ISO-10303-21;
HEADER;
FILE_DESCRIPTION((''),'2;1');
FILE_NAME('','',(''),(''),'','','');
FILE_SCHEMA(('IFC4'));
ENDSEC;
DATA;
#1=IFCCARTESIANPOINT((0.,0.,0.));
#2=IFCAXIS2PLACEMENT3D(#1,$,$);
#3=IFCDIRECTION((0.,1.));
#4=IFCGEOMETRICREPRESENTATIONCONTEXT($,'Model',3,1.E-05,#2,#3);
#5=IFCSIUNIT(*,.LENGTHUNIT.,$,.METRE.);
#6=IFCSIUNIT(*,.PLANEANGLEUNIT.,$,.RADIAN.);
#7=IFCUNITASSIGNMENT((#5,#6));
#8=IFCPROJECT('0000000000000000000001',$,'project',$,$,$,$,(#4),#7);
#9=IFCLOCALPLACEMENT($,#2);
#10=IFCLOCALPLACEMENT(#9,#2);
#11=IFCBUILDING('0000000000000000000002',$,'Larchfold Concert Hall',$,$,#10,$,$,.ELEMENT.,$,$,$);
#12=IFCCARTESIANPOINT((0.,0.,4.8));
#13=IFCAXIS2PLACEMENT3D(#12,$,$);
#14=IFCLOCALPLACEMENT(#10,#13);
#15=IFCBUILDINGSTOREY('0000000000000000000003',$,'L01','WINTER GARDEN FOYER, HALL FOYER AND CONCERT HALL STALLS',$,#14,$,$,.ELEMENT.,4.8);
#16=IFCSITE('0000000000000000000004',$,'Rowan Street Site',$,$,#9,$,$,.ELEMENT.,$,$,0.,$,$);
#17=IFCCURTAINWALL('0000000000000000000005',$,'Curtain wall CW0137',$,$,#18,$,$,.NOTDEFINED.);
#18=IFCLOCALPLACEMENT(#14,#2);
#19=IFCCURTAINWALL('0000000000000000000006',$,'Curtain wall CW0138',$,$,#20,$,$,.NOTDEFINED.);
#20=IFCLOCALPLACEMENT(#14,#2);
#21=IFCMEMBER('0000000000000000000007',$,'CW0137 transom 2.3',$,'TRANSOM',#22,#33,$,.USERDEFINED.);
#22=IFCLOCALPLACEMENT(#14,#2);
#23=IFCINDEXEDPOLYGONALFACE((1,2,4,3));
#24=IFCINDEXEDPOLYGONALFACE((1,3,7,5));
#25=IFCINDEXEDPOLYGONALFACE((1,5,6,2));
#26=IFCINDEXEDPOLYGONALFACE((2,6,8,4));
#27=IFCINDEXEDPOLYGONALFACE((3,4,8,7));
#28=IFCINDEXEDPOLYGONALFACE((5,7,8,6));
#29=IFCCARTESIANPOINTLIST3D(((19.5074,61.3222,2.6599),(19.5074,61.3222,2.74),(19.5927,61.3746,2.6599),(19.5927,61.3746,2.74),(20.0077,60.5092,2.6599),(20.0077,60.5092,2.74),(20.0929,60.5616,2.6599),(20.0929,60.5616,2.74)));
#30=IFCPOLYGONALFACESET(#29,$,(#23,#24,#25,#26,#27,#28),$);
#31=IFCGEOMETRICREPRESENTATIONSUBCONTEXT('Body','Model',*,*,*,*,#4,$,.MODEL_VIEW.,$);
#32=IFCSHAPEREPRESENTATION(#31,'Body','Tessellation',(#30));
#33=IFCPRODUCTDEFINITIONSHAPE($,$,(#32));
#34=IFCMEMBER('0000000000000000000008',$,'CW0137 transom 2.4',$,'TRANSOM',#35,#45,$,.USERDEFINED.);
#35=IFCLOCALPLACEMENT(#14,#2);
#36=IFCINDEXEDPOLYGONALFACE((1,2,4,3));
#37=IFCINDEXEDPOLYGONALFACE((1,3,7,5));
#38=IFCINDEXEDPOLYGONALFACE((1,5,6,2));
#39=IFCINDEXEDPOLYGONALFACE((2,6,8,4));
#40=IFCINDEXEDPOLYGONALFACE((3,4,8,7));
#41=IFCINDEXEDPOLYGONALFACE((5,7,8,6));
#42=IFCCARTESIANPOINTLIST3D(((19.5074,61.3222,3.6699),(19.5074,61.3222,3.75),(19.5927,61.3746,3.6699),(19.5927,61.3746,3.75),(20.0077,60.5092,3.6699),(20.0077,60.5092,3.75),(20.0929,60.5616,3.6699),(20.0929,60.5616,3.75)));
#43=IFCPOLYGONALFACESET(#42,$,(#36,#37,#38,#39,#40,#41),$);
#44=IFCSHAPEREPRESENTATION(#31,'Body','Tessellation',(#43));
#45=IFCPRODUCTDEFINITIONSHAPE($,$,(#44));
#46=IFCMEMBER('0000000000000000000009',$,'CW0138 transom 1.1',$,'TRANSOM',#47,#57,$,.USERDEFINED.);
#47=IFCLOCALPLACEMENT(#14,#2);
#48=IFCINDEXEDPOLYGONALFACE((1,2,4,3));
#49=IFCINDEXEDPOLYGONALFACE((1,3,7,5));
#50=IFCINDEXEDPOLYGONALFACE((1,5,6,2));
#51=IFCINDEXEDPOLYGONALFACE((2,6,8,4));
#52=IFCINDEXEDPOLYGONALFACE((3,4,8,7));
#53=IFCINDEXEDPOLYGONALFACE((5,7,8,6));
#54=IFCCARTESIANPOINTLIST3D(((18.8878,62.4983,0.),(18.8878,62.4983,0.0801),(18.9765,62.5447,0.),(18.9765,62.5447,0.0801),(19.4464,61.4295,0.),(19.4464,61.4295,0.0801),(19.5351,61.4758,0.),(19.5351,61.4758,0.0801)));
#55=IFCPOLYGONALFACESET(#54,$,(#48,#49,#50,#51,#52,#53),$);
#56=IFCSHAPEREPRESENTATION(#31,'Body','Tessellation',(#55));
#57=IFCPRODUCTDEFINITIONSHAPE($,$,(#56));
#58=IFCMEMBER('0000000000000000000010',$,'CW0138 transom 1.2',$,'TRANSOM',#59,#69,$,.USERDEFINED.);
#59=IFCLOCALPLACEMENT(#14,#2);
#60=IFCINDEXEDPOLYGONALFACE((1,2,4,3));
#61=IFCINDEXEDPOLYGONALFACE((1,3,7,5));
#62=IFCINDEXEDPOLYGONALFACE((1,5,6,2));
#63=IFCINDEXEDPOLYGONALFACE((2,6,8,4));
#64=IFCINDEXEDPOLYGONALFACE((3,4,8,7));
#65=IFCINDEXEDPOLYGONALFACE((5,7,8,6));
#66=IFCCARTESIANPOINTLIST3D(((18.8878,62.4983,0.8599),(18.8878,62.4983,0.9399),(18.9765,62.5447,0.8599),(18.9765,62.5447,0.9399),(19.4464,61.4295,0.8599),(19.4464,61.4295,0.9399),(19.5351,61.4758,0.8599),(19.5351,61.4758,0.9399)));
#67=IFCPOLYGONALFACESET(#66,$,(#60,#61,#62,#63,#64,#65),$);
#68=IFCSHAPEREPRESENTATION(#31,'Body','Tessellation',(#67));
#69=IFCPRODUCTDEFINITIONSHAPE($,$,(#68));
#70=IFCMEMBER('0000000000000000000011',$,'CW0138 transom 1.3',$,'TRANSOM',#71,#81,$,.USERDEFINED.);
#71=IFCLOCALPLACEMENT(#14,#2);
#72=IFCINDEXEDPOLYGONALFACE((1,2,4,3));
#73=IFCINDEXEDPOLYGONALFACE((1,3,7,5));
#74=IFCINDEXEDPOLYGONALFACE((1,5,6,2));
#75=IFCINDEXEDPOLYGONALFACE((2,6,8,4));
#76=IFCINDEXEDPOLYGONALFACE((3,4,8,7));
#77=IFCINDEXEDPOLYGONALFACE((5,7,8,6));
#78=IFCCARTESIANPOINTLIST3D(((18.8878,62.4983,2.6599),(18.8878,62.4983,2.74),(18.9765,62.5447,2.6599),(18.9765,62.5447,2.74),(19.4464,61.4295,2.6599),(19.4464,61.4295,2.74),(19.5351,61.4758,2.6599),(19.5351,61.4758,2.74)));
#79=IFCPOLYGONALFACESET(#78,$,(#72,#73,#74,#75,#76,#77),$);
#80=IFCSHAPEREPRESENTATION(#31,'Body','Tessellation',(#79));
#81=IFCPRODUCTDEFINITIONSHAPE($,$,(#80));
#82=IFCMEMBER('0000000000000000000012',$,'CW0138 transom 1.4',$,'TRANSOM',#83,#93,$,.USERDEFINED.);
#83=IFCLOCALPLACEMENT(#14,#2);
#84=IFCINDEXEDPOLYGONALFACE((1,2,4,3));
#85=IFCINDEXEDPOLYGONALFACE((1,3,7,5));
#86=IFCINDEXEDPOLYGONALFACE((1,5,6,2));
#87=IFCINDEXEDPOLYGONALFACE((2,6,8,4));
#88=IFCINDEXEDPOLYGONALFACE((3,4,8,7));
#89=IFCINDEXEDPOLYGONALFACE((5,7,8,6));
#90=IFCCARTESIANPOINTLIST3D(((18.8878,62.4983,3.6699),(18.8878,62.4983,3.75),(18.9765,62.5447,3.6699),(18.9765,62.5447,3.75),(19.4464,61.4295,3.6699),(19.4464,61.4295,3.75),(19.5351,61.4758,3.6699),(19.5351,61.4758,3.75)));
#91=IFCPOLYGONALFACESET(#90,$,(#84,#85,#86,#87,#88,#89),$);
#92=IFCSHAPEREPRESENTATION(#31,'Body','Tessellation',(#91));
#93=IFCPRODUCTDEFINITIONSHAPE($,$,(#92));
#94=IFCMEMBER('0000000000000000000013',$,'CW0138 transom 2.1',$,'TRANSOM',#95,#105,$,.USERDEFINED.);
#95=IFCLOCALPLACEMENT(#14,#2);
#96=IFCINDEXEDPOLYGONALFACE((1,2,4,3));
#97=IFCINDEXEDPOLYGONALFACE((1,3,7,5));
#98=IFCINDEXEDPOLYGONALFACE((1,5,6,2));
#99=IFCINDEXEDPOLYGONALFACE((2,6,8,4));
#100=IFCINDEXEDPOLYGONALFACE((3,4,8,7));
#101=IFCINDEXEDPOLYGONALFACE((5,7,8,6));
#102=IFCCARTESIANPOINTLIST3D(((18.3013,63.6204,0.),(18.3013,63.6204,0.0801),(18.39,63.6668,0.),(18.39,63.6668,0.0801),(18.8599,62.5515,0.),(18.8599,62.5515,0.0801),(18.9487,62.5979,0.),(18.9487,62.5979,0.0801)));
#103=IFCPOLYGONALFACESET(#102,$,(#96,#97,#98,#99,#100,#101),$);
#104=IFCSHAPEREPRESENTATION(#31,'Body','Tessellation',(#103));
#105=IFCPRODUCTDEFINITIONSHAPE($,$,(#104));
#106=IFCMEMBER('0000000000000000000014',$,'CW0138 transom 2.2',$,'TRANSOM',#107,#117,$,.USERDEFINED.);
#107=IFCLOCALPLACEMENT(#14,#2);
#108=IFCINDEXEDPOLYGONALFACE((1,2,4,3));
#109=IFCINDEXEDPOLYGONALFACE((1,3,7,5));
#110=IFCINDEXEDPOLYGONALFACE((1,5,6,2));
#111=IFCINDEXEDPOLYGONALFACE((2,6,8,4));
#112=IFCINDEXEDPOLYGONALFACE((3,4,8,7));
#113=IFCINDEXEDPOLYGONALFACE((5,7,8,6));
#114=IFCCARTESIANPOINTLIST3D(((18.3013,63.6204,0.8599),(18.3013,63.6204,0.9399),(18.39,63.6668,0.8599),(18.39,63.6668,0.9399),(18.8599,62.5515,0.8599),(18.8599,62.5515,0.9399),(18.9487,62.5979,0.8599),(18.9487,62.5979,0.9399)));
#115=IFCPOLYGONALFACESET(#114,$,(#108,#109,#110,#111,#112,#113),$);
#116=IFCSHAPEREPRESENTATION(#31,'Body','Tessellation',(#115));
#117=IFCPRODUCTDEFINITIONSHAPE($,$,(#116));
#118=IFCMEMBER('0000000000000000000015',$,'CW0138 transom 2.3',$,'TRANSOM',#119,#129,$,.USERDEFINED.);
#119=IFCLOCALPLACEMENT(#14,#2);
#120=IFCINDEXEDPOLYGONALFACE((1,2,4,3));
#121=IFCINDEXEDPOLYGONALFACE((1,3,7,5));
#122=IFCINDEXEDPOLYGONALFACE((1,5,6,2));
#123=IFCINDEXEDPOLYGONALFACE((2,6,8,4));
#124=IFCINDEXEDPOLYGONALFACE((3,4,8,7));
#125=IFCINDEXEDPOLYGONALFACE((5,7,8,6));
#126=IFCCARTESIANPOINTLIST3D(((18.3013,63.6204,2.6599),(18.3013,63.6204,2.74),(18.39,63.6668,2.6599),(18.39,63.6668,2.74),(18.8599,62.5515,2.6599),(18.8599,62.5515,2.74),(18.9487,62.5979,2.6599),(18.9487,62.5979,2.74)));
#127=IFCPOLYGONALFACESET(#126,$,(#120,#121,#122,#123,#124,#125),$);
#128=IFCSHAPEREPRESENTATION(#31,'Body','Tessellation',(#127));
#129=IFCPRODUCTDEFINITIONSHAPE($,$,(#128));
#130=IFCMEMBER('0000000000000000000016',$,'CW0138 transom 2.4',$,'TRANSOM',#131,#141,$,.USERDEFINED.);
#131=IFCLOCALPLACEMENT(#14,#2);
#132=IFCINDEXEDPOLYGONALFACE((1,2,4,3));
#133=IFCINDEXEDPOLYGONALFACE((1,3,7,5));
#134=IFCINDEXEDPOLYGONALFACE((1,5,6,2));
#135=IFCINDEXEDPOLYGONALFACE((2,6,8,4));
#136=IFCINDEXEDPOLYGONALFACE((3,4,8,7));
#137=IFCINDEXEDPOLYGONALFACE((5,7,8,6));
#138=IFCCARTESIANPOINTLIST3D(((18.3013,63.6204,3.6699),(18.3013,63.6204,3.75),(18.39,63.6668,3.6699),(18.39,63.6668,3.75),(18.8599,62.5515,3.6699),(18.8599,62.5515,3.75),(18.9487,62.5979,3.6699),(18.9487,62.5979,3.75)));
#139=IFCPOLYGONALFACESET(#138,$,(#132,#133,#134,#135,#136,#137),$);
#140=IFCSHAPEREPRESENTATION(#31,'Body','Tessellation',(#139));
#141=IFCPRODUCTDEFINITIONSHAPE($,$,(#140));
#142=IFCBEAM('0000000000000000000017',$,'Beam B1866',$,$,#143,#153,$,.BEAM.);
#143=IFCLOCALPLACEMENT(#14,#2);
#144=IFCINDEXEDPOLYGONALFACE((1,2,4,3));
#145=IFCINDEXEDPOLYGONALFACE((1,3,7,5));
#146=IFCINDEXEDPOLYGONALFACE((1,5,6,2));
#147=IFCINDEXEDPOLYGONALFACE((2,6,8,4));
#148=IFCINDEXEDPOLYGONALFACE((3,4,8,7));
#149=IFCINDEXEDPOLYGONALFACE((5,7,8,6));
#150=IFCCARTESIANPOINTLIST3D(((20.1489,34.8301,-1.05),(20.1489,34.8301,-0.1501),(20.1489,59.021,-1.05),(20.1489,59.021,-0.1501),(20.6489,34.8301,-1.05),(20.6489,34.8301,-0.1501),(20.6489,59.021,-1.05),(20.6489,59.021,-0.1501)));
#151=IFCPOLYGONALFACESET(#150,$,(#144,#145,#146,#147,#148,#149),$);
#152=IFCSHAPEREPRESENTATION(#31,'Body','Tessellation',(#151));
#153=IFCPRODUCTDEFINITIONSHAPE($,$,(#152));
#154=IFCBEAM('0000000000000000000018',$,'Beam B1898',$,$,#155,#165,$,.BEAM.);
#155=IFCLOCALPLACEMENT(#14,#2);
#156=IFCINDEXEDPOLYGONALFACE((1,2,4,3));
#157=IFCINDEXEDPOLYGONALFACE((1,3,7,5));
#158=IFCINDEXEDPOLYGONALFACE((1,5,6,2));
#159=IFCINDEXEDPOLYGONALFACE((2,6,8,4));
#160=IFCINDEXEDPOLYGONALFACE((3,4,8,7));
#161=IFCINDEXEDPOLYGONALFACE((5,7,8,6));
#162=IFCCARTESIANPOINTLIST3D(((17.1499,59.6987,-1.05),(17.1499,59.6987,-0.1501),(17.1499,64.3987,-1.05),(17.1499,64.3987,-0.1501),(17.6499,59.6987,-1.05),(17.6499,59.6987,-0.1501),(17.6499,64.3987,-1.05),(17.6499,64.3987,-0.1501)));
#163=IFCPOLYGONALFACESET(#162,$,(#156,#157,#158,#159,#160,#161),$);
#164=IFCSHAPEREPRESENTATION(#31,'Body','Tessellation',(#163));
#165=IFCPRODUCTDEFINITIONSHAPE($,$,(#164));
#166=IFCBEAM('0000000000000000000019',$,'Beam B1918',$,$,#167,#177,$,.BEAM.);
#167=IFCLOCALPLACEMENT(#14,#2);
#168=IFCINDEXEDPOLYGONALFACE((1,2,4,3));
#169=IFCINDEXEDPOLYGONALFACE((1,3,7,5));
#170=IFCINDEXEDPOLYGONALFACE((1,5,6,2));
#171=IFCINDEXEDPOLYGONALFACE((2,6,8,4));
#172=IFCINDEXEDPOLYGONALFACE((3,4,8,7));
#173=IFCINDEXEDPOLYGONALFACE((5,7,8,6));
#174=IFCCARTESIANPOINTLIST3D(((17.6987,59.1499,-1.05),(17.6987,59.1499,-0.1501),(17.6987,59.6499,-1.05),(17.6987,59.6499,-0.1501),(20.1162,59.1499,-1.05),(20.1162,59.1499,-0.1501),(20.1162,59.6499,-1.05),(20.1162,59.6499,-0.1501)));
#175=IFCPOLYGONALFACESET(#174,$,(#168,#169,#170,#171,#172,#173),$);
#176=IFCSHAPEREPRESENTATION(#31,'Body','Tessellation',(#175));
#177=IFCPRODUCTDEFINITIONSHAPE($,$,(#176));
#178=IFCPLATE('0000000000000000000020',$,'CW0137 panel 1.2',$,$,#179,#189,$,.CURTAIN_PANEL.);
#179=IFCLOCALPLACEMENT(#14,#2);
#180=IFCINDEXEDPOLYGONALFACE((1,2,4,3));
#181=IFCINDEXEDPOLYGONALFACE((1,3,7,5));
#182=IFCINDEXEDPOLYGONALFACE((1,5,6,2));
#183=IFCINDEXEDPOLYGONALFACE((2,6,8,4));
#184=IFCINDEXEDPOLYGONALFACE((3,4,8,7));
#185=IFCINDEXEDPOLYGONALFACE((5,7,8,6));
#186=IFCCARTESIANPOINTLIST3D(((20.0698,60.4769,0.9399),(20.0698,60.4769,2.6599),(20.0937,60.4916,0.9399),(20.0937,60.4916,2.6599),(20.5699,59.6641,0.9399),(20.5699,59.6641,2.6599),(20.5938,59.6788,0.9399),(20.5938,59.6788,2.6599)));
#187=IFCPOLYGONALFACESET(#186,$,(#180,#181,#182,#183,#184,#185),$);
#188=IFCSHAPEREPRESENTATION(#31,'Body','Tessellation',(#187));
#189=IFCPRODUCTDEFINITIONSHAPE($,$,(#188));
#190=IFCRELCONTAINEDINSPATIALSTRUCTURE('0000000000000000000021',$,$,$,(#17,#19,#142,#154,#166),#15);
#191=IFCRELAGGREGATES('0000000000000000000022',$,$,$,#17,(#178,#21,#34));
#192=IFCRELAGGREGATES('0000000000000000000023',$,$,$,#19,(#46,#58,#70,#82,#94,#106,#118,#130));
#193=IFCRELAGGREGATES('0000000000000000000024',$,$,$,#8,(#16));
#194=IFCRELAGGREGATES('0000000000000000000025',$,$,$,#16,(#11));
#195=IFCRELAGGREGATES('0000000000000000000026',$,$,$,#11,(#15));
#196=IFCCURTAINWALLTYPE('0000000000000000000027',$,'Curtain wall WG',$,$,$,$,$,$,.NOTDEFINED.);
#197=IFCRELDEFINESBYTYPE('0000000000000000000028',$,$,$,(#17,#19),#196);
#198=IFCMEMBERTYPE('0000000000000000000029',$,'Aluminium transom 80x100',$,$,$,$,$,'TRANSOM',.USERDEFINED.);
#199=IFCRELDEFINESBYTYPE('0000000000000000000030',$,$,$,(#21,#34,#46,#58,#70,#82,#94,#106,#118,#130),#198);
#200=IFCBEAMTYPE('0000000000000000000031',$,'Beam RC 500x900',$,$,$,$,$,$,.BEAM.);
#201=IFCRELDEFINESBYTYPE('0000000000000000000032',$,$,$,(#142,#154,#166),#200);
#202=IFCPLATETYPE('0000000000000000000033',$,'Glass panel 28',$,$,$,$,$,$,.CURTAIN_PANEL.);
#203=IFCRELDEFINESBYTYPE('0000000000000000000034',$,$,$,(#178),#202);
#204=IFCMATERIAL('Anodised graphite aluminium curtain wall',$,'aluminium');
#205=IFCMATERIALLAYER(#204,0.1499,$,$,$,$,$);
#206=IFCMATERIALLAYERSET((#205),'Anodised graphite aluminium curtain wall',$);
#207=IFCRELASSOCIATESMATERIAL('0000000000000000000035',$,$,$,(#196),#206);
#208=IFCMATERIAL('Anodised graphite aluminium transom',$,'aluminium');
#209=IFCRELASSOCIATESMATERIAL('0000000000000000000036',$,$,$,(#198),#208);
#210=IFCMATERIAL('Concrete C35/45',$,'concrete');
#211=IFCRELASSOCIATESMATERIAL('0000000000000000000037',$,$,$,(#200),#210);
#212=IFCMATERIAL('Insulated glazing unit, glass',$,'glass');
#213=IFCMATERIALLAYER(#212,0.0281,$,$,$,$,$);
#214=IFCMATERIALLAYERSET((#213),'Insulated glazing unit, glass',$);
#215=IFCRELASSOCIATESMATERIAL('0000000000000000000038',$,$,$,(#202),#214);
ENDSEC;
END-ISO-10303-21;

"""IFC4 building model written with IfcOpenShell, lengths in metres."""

from ifc_helpers import new_model, si_unit, direction, frame, origin, origin_2d, place, context, subcontext, project, spatial, rectangle, extrude, material, layer, layer_set, material_profile, profile_set, type_object, element, aggregate, save


model = new_model("IFC4")

# Units and contexts
model_context = context("Model", 3, precision=1e-05, world=origin(), true_north=direction((0.0, 1.0)))
body_context = subcontext(model_context, "Body", "Model", "MODEL_VIEW")
ifc_project = project(units=[si_unit("LENGTHUNIT", "METRE"), si_unit("PLANEANGLEUNIT", "RADIAN")], contexts=[model_context])

# Site, building, storey
site_placement = place(None, origin())
site = spatial("IfcSite", under=ifc_project, at=site_placement, Name="Rowan Street Site", CompositionType="ELEMENT", RefElevation=0.0)
building_placement = place(site_placement, origin())
building = spatial("IfcBuilding", under=site, at=building_placement, Name="Larchfold Concert Hall", CompositionType="ELEMENT")
storey_placement = place(building_placement, frame((0.0, 0.0, 4.8)))
storey = spatial("IfcBuildingStorey", under=building, at=storey_placement, Name="L01", Description="WINTER GARDEN FOYER, HALL FOYER AND CONCERT HALL STALLS", CompositionType="ELEMENT", Elevation=4.8)

# Curtain walls
ifc_material_1 = material(Name="Anodised graphite aluminium curtain wall", Category="aluminium")
ifc_layer_1 = layer(ifc_material_1, 0.1499)
ifc_layer_set_1 = layer_set([ifc_layer_1], Name="Anodised graphite aluminium curtain wall")
curtain_wall_type = type_object("IfcCurtainWallType", Name="Curtain wall WG", PredefinedType="NOTDEFINED", material=ifc_layer_set_1)
curtain_wall_1_placement = place(storey_placement, origin())
curtain_wall_1 = element("IfcCurtainWall", 1, at=curtain_wall_1_placement, inside=storey, type_object=curtain_wall_type, Name="Curtain wall CW0137", PredefinedType="NOTDEFINED")
curtain_wall_2_placement = place(storey_placement, origin())
curtain_wall_2 = element("IfcCurtainWall", 2, at=curtain_wall_2_placement, inside=storey, type_object=curtain_wall_type, Name="Curtain wall CW0138", PredefinedType="NOTDEFINED")

# Members
ifc_material_2 = material(Name="Anodised graphite aluminium transom", Category="aluminium")
ifc_material_profile_1 = material_profile(ifc_material_2, rectangle(XDim=0.1001, YDim=0.0801, at=origin_2d()))
ifc_profile_set_1 = profile_set([ifc_material_profile_1], Name="Anodised graphite aluminium transom")
member_type_1 = type_object("IfcMemberType", Name="Aluminium transom 80x100", ElementType="TRANSOM", PredefinedType="USERDEFINED", material=ifc_profile_set_1)
member_1_placement = place(storey_placement, frame((20.0503, 60.5354, 2.7), z_axis=(-0.524055, 0.851685, 0.0), x_axis=(-0.851685, -0.524055, 0.0)))
member_1 = element("IfcMember", 3, at=member_1_placement, type_object=member_type_1, Name="CW0137 transom 2.3", ObjectType="TRANSOM", PredefinedType="USERDEFINED", context=body_context, shape_type="SweptSolid", body=[
    extrude(rectangle(XDim=0.1001, YDim=0.0801, at=origin_2d()), origin(), (0.0, 0.0, 1.0), 0.9546),
])
member_2_placement = place(storey_placement, frame((20.0503, 60.5354, 3.71), z_axis=(-0.524055, 0.851685, 0.0), x_axis=(-0.851685, -0.524055, 0.0)))
member_2 = element("IfcMember", 4, at=member_2_placement, type_object=member_type_1, Name="CW0137 transom 2.4", ObjectType="TRANSOM", PredefinedType="USERDEFINED", context=body_context, shape_type="SweptSolid", body=[
    extrude(rectangle(XDim=0.1001, YDim=0.0801, at=origin_2d()), origin(), (0.0, 0.0, 1.0), 0.9546),
])
member_3_placement = place(storey_placement, frame((19.4907, 61.4526, 0.04), z_axis=(-0.463175, 0.886267, 0.0), x_axis=(-0.886267, -0.463175, 0.0)))
member_3 = element("IfcMember", 5, at=member_3_placement, type_object=member_type_1, Name="CW0138 transom 1.1", ObjectType="TRANSOM", PredefinedType="USERDEFINED", context=body_context, shape_type="SweptSolid", body=[
    extrude(rectangle(XDim=0.1001, YDim=0.0801, at=origin_2d()), origin(), (0.0, 0.0, 1.0), 1.2061),
])
member_4_placement = place(storey_placement, frame((19.4907, 61.4526, 0.8999), z_axis=(-0.463175, 0.886267, 0.0), x_axis=(-0.886267, -0.463175, 0.0)))
member_4 = element("IfcMember", 6, at=member_4_placement, type_object=member_type_1, Name="CW0138 transom 1.2", ObjectType="TRANSOM", PredefinedType="USERDEFINED", context=body_context, shape_type="SweptSolid", body=[
    extrude(rectangle(XDim=0.1001, YDim=0.0801, at=origin_2d()), origin(), (0.0, 0.0, 1.0), 1.2061),
])
member_5_placement = place(storey_placement, frame((19.4907, 61.4526, 2.7), z_axis=(-0.463175, 0.886267, 0.0), x_axis=(-0.886267, -0.463175, 0.0)))
member_5 = element("IfcMember", 7, at=member_5_placement, type_object=member_type_1, Name="CW0138 transom 1.3", ObjectType="TRANSOM", PredefinedType="USERDEFINED", context=body_context, shape_type="SweptSolid", body=[
    extrude(rectangle(XDim=0.1001, YDim=0.0801, at=origin_2d()), origin(), (0.0, 0.0, 1.0), 1.2061),
])
member_6_placement = place(storey_placement, frame((19.4907, 61.4526, 3.71), z_axis=(-0.463175, 0.886267, 0.0), x_axis=(-0.886267, -0.463175, 0.0)))
member_6 = element("IfcMember", 8, at=member_6_placement, type_object=member_type_1, Name="CW0138 transom 1.4", ObjectType="TRANSOM", PredefinedType="USERDEFINED", context=body_context, shape_type="SweptSolid", body=[
    extrude(rectangle(XDim=0.1001, YDim=0.0801, at=origin_2d()), origin(), (0.0, 0.0, 1.0), 1.2061),
])
member_7_placement = place(storey_placement, frame((18.9043, 62.5747, 0.04), z_axis=(-0.463175, 0.886267, 0.0), x_axis=(-0.886267, -0.463175, 0.0)))
member_7 = element("IfcMember", 9, at=member_7_placement, type_object=member_type_1, Name="CW0138 transom 2.1", ObjectType="TRANSOM", PredefinedType="USERDEFINED", context=body_context, shape_type="SweptSolid", body=[
    extrude(rectangle(XDim=0.1001, YDim=0.0801, at=origin_2d()), origin(), (0.0, 0.0, 1.0), 1.2061),
])
member_8_placement = place(storey_placement, frame((18.9043, 62.5747, 0.8999), z_axis=(-0.463175, 0.886267, 0.0), x_axis=(-0.886267, -0.463175, 0.0)))
member_8 = element("IfcMember", 10, at=member_8_placement, type_object=member_type_1, Name="CW0138 transom 2.2", ObjectType="TRANSOM", PredefinedType="USERDEFINED", context=body_context, shape_type="SweptSolid", body=[
    extrude(rectangle(XDim=0.1001, YDim=0.0801, at=origin_2d()), origin(), (0.0, 0.0, 1.0), 1.2061),
])
member_9_placement = place(storey_placement, frame((18.9043, 62.5747, 2.7), z_axis=(-0.463175, 0.886267, 0.0), x_axis=(-0.886267, -0.463175, 0.0)))
member_9 = element("IfcMember", 11, at=member_9_placement, type_object=member_type_1, Name="CW0138 transom 2.3", ObjectType="TRANSOM", PredefinedType="USERDEFINED", context=body_context, shape_type="SweptSolid", body=[
    extrude(rectangle(XDim=0.1001, YDim=0.0801, at=origin_2d()), origin(), (0.0, 0.0, 1.0), 1.2061),
])
member_10_placement = place(storey_placement, frame((18.9043, 62.5747, 3.71), z_axis=(-0.463175, 0.886267, 0.0), x_axis=(-0.886267, -0.463175, 0.0)))
member_10 = element("IfcMember", 12, at=member_10_placement, type_object=member_type_1, Name="CW0138 transom 2.4", ObjectType="TRANSOM", PredefinedType="USERDEFINED", context=body_context, shape_type="SweptSolid", body=[
    extrude(rectangle(XDim=0.1001, YDim=0.0801, at=origin_2d()), origin(), (0.0, 0.0, 1.0), 1.2061),
])

# Beams
ifc_material_3 = material(Name="Concrete C35/45", Category="concrete")
ifc_material_profile_2 = material_profile(ifc_material_3, rectangle(XDim=0.5, YDim=0.8999, at=origin_2d()))
ifc_profile_set_2 = profile_set([ifc_material_profile_2], Name="Concrete C35/45")
beam_type = type_object("IfcBeamType", Name="Beam RC 500x900", PredefinedType="BEAM", material=ifc_profile_set_2)
beam_1_placement = place(storey_placement, frame((20.3989, 59.021, -0.6001), z_axis=(0.0, -1.0, 0.0), x_axis=(1.0, 0.0, 0.0)))
element("IfcBeam", 13, at=beam_1_placement, inside=storey, type_object=beam_type, Name="Beam B1866", PredefinedType="BEAM", context=body_context, shape_type="SweptSolid", body=[
    extrude(rectangle(XDim=0.5, YDim=0.8999, at=origin_2d()), origin(), (0.0, 0.0, 1.0), 24.1909),
])
beam_2_placement = place(storey_placement, frame((17.3999, 59.6987, -0.6001), z_axis=(0.0, 1.0, 0.0), x_axis=(-1.0, 0.0, 0.0)))
element("IfcBeam", 14, at=beam_2_placement, inside=storey, type_object=beam_type, Name="Beam B1898", PredefinedType="BEAM", context=body_context, shape_type="SweptSolid", body=[
    extrude(rectangle(XDim=0.5, YDim=0.8999, at=origin_2d()), origin(), (0.0, 0.0, 1.0), 4.7),
])
beam_3_placement = place(storey_placement, frame((17.6987, 59.3999, -0.6001), z_axis=(1.0, 0.0, 0.0), x_axis=(0.0, 1.0, 0.0)))
element("IfcBeam", 15, at=beam_3_placement, inside=storey, type_object=beam_type, Name="Beam B1918", PredefinedType="BEAM", context=body_context, shape_type="SweptSolid", body=[
    extrude(rectangle(XDim=0.5, YDim=0.8999, at=origin_2d()), origin(), (0.0, 0.0, 1.0), 2.4175),
])

# Plate
ifc_material_4 = material(Name="Insulated glazing unit, glass", Category="glass")
ifc_layer_2 = layer(ifc_material_4, 0.0281)
ifc_layer_set_2 = layer_set([ifc_layer_2], Name="Insulated glazing unit, glass")
plate_type_1 = type_object("IfcPlateType", Name="Glass panel 28", PredefinedType="CURTAIN_PANEL", material=ifc_layer_set_2)
plate_1_placement = place(storey_placement, frame((20.3318, 60.0779, 0.9399), z_axis=(0.0, 0.0, 1.0), x_axis=(-0.524071, 0.851674, 0.0)))
plate_1 = element("IfcPlate", 16, at=plate_1_placement, type_object=plate_type_1, Name="CW0137 panel 1.2", PredefinedType="CURTAIN_PANEL", context=body_context, shape_type="SweptSolid", body=[
    extrude(rectangle(XDim=0.9543, YDim=0.0281, at=origin_2d()), origin(), (0.0, 0.0, 1.0), 1.72),
])
aggregate(curtain_wall_1, [plate_1, member_1, member_2])
aggregate(curtain_wall_2, [member_3, member_4, member_5, member_6, member_7, member_8, member_9, member_10])

save(model, "model.ifc")
